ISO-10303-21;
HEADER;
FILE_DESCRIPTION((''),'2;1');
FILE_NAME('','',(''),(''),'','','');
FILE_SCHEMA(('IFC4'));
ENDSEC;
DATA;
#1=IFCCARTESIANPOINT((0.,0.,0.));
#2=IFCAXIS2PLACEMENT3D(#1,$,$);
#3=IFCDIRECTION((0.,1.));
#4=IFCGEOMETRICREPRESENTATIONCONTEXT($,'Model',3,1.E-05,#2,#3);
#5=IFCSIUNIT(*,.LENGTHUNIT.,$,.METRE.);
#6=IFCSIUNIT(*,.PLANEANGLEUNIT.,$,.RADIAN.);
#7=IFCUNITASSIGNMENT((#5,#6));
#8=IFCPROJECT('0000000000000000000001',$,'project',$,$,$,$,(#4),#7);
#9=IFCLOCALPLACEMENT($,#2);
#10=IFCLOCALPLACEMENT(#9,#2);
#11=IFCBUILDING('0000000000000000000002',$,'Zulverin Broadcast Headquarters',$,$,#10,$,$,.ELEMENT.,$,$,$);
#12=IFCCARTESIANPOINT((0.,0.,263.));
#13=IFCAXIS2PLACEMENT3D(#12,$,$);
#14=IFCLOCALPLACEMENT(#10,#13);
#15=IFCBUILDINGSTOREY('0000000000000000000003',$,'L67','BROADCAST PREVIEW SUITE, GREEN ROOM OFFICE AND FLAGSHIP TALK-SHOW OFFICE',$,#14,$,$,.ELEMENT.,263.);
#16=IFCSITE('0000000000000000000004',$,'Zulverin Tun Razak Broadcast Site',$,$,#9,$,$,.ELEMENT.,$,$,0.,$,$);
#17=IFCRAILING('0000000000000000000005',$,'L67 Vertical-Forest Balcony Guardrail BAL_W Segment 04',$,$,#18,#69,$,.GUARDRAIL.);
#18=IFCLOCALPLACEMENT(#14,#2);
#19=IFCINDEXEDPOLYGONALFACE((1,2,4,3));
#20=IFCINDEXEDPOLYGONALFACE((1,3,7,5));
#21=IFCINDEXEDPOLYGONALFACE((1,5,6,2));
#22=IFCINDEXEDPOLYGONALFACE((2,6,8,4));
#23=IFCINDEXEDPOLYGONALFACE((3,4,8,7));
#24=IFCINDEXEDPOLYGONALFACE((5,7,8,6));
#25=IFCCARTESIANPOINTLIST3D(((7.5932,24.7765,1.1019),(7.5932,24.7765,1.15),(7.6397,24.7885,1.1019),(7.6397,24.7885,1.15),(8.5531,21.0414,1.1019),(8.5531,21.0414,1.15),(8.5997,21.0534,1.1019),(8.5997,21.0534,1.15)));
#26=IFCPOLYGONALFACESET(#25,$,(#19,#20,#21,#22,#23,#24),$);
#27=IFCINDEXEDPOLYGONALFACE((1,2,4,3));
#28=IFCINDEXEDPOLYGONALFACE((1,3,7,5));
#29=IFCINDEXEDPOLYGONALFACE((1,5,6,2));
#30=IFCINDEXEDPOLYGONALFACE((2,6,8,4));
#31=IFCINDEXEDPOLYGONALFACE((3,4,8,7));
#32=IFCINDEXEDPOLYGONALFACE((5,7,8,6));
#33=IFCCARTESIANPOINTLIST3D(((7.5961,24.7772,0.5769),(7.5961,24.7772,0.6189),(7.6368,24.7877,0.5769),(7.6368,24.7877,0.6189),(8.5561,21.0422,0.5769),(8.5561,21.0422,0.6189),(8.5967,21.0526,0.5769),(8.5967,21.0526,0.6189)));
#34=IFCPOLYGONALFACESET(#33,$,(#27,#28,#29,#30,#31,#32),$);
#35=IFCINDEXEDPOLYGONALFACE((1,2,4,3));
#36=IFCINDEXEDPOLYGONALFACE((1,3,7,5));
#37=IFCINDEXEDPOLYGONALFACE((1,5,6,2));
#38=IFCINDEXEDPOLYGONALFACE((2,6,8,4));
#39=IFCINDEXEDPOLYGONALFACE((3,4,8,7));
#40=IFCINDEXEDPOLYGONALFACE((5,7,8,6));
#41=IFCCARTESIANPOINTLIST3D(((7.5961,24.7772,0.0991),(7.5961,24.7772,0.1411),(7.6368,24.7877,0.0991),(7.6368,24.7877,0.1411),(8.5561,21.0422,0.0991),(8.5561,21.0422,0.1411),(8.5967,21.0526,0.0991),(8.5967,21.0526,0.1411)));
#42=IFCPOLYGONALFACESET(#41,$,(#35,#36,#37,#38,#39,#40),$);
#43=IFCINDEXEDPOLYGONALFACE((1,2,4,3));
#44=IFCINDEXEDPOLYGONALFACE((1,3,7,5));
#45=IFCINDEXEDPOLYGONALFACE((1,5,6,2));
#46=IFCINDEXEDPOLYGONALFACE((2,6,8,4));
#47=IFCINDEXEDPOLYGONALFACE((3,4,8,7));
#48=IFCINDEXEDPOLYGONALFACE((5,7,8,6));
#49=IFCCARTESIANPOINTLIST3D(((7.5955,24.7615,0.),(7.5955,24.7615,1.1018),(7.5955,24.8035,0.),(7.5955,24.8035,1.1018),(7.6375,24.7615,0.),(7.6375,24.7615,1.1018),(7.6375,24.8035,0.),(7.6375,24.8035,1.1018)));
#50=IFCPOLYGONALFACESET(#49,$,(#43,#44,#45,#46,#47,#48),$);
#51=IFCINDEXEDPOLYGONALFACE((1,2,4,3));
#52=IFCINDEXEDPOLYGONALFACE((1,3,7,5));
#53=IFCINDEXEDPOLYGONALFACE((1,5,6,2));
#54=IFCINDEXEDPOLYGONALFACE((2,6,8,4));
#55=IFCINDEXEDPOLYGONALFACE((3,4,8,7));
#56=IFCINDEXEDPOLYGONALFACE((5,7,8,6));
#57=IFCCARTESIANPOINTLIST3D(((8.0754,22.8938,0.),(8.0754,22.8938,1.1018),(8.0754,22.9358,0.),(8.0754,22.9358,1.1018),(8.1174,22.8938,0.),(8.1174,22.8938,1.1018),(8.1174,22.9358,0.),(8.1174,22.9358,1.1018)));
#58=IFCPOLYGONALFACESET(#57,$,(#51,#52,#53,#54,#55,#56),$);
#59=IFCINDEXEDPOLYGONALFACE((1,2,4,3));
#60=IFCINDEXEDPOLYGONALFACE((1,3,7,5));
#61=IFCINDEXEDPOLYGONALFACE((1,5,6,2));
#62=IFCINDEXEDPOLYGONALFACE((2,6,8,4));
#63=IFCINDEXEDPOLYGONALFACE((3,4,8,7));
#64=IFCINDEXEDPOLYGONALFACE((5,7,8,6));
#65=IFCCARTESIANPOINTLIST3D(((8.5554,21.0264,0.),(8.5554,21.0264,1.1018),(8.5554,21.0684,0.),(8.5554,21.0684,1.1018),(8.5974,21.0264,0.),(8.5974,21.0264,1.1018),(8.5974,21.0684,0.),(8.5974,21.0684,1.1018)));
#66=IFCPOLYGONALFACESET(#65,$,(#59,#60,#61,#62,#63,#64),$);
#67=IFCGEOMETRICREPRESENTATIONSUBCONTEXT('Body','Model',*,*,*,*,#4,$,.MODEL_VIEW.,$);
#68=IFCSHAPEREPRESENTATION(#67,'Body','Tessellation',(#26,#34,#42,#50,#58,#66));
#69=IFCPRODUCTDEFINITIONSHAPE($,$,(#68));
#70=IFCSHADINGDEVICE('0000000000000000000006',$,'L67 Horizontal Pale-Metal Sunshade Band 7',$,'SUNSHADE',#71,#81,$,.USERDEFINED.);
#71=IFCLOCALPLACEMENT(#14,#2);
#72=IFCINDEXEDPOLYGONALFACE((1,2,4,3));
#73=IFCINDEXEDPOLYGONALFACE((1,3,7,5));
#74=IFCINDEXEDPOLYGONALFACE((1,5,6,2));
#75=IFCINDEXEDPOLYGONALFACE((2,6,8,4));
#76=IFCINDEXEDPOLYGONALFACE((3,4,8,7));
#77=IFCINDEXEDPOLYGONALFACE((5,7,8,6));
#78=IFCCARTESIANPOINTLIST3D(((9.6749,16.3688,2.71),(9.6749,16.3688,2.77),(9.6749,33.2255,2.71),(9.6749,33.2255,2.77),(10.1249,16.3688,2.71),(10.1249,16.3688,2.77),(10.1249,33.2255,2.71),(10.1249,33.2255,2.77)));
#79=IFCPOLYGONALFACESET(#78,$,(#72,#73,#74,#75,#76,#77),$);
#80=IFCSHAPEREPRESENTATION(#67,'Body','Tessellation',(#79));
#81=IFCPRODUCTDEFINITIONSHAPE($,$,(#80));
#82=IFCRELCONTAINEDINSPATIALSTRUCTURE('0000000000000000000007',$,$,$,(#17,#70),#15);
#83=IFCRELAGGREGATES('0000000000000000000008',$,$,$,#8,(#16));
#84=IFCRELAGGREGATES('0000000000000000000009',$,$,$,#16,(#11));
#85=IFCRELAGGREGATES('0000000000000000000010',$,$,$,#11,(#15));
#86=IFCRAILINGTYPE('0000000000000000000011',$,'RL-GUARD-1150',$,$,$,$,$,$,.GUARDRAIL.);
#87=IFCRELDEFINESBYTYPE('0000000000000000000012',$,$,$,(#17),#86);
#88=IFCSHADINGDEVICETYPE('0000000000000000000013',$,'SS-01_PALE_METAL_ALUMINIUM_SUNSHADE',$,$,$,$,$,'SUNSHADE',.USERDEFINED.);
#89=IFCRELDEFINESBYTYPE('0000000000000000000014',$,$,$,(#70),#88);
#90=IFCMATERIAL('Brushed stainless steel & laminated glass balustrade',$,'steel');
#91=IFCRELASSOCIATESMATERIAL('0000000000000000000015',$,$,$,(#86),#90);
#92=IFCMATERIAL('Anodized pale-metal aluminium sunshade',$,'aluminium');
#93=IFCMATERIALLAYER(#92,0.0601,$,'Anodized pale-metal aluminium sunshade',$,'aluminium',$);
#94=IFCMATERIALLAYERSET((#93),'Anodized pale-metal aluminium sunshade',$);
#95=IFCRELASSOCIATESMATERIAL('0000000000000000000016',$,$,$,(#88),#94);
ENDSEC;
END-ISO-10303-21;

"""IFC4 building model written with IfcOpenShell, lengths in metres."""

from ifc_helpers import new_model, si_unit, direction, frame, origin, origin_2d, place, context, subcontext, project, spatial, rectangle, extrude, material, layer, layer_set, type_object, element, save


model = new_model("IFC4")

# Units and contexts
model_context = context("Model", 3, precision=1e-05, world=origin(), true_north=direction((0.0, 1.0)))
body_context = subcontext(model_context, "Body", "Model", "MODEL_VIEW")
ifc_project = project(units=[si_unit("LENGTHUNIT", "METRE"), si_unit("PLANEANGLEUNIT", "RADIAN")], contexts=[model_context])

# Site, building, storey
site_placement = place(None, origin())
site = spatial("IfcSite", under=ifc_project, at=site_placement, Name="Zulverin Tun Razak Broadcast Site", CompositionType="ELEMENT", RefElevation=0.0)
building_placement = place(site_placement, origin())
building = spatial("IfcBuilding", under=site, at=building_placement, Name="Zulverin Broadcast Headquarters", CompositionType="ELEMENT")
storey_placement = place(building_placement, frame((0.0, 0.0, 263.0)))
storey = spatial("IfcBuildingStorey", under=building, at=storey_placement, Name="L67", Description="BROADCAST PREVIEW SUITE, GREEN ROOM OFFICE AND FLAGSHIP TALK-SHOW OFFICE", CompositionType="ELEMENT", Elevation=263.0)

# Railing
ifc_material_1 = material(Name="Brushed stainless steel & laminated glass balustrade", Category="steel")
railing_type = type_object("IfcRailingType", Name="RL-GUARD-1150", PredefinedType="GUARDRAIL", material=ifc_material_1)
railing_1_placement = place(storey_placement, frame((7.6165, 24.7825, 0.0)))
element("IfcRailing", 1, at=railing_1_placement, inside=storey, type_object=railing_type, Name="L67 Vertical-Forest Balcony Guardrail BAL_W Segment 04", PredefinedType="GUARDRAIL", context=body_context, shape_type="SweptSolid", body=[
    extrude(rectangle(XDim=0.0481, YDim=0.0481, at=origin_2d()), frame((0.0, 0.0, 1.126), z_axis=(0.248921, -0.968524, 0.0), x_axis=(0.968524, 0.248921, 0.0)), (0.0, 0.0, 1.0), 3.8564),
    extrude(rectangle(XDim=0.042, YDim=0.042, at=origin_2d()), frame((0.0, 0.0, 0.5979), z_axis=(0.248921, -0.968524, 0.0), x_axis=(0.968524, 0.248921, 0.0)), (0.0, 0.0, 1.0), 3.8564),
    extrude(rectangle(XDim=0.042, YDim=0.042, at=origin_2d()), frame((0.0, 0.0, 0.1201), z_axis=(0.248921, -0.968524, 0.0), x_axis=(0.968524, 0.248921, 0.0)), (0.0, 0.0, 1.0), 3.8564),
    extrude(rectangle(XDim=0.042, YDim=0.042, at=origin_2d()), origin(), (0.0, 0.0, 1.0), 1.1018),
    extrude(rectangle(XDim=0.042, YDim=0.042, at=origin_2d()), frame((0.48, -1.8677, 0.0)), (0.0, 0.0, 1.0), 1.1018),
    extrude(rectangle(XDim=0.042, YDim=0.042, at=origin_2d()), frame((0.96, -3.7351, 0.0)), (0.0, 0.0, 1.0), 1.1018),
])

# Shading device
ifc_material_2 = material(Name="Anodized pale-metal aluminium sunshade", Category="aluminium")
ifc_layer_1 = layer(ifc_material_2, 0.0601, Name="Anodized pale-metal aluminium sunshade", Category="aluminium")
ifc_layer_set_1 = layer_set([ifc_layer_1], Name="Anodized pale-metal aluminium sunshade")
shading_device_type = type_object("IfcShadingDeviceType", Name="SS-01_PALE_METAL_ALUMINIUM_SUNSHADE", ElementType="SUNSHADE", PredefinedType="USERDEFINED", material=ifc_layer_set_1)
shading_device_placement = place(storey_placement, frame((9.8999, 24.7971, 2.71), z_axis=(0.0, 0.0, 1.0), x_axis=(0.0, -1.0, 0.0)))
element("IfcShadingDevice", 2, at=shading_device_placement, inside=storey, type_object=shading_device_type, Name="L67 Horizontal Pale-Metal Sunshade Band 7", ObjectType="SUNSHADE", PredefinedType="USERDEFINED", context=body_context, shape_type="SweptSolid", body=[
    extrude(rectangle(XDim=16.8567, YDim=0.45, at=origin_2d()), origin(), (0.0, 0.0, 1.0), 0.0601),
])

save(model, "model.ifc")
